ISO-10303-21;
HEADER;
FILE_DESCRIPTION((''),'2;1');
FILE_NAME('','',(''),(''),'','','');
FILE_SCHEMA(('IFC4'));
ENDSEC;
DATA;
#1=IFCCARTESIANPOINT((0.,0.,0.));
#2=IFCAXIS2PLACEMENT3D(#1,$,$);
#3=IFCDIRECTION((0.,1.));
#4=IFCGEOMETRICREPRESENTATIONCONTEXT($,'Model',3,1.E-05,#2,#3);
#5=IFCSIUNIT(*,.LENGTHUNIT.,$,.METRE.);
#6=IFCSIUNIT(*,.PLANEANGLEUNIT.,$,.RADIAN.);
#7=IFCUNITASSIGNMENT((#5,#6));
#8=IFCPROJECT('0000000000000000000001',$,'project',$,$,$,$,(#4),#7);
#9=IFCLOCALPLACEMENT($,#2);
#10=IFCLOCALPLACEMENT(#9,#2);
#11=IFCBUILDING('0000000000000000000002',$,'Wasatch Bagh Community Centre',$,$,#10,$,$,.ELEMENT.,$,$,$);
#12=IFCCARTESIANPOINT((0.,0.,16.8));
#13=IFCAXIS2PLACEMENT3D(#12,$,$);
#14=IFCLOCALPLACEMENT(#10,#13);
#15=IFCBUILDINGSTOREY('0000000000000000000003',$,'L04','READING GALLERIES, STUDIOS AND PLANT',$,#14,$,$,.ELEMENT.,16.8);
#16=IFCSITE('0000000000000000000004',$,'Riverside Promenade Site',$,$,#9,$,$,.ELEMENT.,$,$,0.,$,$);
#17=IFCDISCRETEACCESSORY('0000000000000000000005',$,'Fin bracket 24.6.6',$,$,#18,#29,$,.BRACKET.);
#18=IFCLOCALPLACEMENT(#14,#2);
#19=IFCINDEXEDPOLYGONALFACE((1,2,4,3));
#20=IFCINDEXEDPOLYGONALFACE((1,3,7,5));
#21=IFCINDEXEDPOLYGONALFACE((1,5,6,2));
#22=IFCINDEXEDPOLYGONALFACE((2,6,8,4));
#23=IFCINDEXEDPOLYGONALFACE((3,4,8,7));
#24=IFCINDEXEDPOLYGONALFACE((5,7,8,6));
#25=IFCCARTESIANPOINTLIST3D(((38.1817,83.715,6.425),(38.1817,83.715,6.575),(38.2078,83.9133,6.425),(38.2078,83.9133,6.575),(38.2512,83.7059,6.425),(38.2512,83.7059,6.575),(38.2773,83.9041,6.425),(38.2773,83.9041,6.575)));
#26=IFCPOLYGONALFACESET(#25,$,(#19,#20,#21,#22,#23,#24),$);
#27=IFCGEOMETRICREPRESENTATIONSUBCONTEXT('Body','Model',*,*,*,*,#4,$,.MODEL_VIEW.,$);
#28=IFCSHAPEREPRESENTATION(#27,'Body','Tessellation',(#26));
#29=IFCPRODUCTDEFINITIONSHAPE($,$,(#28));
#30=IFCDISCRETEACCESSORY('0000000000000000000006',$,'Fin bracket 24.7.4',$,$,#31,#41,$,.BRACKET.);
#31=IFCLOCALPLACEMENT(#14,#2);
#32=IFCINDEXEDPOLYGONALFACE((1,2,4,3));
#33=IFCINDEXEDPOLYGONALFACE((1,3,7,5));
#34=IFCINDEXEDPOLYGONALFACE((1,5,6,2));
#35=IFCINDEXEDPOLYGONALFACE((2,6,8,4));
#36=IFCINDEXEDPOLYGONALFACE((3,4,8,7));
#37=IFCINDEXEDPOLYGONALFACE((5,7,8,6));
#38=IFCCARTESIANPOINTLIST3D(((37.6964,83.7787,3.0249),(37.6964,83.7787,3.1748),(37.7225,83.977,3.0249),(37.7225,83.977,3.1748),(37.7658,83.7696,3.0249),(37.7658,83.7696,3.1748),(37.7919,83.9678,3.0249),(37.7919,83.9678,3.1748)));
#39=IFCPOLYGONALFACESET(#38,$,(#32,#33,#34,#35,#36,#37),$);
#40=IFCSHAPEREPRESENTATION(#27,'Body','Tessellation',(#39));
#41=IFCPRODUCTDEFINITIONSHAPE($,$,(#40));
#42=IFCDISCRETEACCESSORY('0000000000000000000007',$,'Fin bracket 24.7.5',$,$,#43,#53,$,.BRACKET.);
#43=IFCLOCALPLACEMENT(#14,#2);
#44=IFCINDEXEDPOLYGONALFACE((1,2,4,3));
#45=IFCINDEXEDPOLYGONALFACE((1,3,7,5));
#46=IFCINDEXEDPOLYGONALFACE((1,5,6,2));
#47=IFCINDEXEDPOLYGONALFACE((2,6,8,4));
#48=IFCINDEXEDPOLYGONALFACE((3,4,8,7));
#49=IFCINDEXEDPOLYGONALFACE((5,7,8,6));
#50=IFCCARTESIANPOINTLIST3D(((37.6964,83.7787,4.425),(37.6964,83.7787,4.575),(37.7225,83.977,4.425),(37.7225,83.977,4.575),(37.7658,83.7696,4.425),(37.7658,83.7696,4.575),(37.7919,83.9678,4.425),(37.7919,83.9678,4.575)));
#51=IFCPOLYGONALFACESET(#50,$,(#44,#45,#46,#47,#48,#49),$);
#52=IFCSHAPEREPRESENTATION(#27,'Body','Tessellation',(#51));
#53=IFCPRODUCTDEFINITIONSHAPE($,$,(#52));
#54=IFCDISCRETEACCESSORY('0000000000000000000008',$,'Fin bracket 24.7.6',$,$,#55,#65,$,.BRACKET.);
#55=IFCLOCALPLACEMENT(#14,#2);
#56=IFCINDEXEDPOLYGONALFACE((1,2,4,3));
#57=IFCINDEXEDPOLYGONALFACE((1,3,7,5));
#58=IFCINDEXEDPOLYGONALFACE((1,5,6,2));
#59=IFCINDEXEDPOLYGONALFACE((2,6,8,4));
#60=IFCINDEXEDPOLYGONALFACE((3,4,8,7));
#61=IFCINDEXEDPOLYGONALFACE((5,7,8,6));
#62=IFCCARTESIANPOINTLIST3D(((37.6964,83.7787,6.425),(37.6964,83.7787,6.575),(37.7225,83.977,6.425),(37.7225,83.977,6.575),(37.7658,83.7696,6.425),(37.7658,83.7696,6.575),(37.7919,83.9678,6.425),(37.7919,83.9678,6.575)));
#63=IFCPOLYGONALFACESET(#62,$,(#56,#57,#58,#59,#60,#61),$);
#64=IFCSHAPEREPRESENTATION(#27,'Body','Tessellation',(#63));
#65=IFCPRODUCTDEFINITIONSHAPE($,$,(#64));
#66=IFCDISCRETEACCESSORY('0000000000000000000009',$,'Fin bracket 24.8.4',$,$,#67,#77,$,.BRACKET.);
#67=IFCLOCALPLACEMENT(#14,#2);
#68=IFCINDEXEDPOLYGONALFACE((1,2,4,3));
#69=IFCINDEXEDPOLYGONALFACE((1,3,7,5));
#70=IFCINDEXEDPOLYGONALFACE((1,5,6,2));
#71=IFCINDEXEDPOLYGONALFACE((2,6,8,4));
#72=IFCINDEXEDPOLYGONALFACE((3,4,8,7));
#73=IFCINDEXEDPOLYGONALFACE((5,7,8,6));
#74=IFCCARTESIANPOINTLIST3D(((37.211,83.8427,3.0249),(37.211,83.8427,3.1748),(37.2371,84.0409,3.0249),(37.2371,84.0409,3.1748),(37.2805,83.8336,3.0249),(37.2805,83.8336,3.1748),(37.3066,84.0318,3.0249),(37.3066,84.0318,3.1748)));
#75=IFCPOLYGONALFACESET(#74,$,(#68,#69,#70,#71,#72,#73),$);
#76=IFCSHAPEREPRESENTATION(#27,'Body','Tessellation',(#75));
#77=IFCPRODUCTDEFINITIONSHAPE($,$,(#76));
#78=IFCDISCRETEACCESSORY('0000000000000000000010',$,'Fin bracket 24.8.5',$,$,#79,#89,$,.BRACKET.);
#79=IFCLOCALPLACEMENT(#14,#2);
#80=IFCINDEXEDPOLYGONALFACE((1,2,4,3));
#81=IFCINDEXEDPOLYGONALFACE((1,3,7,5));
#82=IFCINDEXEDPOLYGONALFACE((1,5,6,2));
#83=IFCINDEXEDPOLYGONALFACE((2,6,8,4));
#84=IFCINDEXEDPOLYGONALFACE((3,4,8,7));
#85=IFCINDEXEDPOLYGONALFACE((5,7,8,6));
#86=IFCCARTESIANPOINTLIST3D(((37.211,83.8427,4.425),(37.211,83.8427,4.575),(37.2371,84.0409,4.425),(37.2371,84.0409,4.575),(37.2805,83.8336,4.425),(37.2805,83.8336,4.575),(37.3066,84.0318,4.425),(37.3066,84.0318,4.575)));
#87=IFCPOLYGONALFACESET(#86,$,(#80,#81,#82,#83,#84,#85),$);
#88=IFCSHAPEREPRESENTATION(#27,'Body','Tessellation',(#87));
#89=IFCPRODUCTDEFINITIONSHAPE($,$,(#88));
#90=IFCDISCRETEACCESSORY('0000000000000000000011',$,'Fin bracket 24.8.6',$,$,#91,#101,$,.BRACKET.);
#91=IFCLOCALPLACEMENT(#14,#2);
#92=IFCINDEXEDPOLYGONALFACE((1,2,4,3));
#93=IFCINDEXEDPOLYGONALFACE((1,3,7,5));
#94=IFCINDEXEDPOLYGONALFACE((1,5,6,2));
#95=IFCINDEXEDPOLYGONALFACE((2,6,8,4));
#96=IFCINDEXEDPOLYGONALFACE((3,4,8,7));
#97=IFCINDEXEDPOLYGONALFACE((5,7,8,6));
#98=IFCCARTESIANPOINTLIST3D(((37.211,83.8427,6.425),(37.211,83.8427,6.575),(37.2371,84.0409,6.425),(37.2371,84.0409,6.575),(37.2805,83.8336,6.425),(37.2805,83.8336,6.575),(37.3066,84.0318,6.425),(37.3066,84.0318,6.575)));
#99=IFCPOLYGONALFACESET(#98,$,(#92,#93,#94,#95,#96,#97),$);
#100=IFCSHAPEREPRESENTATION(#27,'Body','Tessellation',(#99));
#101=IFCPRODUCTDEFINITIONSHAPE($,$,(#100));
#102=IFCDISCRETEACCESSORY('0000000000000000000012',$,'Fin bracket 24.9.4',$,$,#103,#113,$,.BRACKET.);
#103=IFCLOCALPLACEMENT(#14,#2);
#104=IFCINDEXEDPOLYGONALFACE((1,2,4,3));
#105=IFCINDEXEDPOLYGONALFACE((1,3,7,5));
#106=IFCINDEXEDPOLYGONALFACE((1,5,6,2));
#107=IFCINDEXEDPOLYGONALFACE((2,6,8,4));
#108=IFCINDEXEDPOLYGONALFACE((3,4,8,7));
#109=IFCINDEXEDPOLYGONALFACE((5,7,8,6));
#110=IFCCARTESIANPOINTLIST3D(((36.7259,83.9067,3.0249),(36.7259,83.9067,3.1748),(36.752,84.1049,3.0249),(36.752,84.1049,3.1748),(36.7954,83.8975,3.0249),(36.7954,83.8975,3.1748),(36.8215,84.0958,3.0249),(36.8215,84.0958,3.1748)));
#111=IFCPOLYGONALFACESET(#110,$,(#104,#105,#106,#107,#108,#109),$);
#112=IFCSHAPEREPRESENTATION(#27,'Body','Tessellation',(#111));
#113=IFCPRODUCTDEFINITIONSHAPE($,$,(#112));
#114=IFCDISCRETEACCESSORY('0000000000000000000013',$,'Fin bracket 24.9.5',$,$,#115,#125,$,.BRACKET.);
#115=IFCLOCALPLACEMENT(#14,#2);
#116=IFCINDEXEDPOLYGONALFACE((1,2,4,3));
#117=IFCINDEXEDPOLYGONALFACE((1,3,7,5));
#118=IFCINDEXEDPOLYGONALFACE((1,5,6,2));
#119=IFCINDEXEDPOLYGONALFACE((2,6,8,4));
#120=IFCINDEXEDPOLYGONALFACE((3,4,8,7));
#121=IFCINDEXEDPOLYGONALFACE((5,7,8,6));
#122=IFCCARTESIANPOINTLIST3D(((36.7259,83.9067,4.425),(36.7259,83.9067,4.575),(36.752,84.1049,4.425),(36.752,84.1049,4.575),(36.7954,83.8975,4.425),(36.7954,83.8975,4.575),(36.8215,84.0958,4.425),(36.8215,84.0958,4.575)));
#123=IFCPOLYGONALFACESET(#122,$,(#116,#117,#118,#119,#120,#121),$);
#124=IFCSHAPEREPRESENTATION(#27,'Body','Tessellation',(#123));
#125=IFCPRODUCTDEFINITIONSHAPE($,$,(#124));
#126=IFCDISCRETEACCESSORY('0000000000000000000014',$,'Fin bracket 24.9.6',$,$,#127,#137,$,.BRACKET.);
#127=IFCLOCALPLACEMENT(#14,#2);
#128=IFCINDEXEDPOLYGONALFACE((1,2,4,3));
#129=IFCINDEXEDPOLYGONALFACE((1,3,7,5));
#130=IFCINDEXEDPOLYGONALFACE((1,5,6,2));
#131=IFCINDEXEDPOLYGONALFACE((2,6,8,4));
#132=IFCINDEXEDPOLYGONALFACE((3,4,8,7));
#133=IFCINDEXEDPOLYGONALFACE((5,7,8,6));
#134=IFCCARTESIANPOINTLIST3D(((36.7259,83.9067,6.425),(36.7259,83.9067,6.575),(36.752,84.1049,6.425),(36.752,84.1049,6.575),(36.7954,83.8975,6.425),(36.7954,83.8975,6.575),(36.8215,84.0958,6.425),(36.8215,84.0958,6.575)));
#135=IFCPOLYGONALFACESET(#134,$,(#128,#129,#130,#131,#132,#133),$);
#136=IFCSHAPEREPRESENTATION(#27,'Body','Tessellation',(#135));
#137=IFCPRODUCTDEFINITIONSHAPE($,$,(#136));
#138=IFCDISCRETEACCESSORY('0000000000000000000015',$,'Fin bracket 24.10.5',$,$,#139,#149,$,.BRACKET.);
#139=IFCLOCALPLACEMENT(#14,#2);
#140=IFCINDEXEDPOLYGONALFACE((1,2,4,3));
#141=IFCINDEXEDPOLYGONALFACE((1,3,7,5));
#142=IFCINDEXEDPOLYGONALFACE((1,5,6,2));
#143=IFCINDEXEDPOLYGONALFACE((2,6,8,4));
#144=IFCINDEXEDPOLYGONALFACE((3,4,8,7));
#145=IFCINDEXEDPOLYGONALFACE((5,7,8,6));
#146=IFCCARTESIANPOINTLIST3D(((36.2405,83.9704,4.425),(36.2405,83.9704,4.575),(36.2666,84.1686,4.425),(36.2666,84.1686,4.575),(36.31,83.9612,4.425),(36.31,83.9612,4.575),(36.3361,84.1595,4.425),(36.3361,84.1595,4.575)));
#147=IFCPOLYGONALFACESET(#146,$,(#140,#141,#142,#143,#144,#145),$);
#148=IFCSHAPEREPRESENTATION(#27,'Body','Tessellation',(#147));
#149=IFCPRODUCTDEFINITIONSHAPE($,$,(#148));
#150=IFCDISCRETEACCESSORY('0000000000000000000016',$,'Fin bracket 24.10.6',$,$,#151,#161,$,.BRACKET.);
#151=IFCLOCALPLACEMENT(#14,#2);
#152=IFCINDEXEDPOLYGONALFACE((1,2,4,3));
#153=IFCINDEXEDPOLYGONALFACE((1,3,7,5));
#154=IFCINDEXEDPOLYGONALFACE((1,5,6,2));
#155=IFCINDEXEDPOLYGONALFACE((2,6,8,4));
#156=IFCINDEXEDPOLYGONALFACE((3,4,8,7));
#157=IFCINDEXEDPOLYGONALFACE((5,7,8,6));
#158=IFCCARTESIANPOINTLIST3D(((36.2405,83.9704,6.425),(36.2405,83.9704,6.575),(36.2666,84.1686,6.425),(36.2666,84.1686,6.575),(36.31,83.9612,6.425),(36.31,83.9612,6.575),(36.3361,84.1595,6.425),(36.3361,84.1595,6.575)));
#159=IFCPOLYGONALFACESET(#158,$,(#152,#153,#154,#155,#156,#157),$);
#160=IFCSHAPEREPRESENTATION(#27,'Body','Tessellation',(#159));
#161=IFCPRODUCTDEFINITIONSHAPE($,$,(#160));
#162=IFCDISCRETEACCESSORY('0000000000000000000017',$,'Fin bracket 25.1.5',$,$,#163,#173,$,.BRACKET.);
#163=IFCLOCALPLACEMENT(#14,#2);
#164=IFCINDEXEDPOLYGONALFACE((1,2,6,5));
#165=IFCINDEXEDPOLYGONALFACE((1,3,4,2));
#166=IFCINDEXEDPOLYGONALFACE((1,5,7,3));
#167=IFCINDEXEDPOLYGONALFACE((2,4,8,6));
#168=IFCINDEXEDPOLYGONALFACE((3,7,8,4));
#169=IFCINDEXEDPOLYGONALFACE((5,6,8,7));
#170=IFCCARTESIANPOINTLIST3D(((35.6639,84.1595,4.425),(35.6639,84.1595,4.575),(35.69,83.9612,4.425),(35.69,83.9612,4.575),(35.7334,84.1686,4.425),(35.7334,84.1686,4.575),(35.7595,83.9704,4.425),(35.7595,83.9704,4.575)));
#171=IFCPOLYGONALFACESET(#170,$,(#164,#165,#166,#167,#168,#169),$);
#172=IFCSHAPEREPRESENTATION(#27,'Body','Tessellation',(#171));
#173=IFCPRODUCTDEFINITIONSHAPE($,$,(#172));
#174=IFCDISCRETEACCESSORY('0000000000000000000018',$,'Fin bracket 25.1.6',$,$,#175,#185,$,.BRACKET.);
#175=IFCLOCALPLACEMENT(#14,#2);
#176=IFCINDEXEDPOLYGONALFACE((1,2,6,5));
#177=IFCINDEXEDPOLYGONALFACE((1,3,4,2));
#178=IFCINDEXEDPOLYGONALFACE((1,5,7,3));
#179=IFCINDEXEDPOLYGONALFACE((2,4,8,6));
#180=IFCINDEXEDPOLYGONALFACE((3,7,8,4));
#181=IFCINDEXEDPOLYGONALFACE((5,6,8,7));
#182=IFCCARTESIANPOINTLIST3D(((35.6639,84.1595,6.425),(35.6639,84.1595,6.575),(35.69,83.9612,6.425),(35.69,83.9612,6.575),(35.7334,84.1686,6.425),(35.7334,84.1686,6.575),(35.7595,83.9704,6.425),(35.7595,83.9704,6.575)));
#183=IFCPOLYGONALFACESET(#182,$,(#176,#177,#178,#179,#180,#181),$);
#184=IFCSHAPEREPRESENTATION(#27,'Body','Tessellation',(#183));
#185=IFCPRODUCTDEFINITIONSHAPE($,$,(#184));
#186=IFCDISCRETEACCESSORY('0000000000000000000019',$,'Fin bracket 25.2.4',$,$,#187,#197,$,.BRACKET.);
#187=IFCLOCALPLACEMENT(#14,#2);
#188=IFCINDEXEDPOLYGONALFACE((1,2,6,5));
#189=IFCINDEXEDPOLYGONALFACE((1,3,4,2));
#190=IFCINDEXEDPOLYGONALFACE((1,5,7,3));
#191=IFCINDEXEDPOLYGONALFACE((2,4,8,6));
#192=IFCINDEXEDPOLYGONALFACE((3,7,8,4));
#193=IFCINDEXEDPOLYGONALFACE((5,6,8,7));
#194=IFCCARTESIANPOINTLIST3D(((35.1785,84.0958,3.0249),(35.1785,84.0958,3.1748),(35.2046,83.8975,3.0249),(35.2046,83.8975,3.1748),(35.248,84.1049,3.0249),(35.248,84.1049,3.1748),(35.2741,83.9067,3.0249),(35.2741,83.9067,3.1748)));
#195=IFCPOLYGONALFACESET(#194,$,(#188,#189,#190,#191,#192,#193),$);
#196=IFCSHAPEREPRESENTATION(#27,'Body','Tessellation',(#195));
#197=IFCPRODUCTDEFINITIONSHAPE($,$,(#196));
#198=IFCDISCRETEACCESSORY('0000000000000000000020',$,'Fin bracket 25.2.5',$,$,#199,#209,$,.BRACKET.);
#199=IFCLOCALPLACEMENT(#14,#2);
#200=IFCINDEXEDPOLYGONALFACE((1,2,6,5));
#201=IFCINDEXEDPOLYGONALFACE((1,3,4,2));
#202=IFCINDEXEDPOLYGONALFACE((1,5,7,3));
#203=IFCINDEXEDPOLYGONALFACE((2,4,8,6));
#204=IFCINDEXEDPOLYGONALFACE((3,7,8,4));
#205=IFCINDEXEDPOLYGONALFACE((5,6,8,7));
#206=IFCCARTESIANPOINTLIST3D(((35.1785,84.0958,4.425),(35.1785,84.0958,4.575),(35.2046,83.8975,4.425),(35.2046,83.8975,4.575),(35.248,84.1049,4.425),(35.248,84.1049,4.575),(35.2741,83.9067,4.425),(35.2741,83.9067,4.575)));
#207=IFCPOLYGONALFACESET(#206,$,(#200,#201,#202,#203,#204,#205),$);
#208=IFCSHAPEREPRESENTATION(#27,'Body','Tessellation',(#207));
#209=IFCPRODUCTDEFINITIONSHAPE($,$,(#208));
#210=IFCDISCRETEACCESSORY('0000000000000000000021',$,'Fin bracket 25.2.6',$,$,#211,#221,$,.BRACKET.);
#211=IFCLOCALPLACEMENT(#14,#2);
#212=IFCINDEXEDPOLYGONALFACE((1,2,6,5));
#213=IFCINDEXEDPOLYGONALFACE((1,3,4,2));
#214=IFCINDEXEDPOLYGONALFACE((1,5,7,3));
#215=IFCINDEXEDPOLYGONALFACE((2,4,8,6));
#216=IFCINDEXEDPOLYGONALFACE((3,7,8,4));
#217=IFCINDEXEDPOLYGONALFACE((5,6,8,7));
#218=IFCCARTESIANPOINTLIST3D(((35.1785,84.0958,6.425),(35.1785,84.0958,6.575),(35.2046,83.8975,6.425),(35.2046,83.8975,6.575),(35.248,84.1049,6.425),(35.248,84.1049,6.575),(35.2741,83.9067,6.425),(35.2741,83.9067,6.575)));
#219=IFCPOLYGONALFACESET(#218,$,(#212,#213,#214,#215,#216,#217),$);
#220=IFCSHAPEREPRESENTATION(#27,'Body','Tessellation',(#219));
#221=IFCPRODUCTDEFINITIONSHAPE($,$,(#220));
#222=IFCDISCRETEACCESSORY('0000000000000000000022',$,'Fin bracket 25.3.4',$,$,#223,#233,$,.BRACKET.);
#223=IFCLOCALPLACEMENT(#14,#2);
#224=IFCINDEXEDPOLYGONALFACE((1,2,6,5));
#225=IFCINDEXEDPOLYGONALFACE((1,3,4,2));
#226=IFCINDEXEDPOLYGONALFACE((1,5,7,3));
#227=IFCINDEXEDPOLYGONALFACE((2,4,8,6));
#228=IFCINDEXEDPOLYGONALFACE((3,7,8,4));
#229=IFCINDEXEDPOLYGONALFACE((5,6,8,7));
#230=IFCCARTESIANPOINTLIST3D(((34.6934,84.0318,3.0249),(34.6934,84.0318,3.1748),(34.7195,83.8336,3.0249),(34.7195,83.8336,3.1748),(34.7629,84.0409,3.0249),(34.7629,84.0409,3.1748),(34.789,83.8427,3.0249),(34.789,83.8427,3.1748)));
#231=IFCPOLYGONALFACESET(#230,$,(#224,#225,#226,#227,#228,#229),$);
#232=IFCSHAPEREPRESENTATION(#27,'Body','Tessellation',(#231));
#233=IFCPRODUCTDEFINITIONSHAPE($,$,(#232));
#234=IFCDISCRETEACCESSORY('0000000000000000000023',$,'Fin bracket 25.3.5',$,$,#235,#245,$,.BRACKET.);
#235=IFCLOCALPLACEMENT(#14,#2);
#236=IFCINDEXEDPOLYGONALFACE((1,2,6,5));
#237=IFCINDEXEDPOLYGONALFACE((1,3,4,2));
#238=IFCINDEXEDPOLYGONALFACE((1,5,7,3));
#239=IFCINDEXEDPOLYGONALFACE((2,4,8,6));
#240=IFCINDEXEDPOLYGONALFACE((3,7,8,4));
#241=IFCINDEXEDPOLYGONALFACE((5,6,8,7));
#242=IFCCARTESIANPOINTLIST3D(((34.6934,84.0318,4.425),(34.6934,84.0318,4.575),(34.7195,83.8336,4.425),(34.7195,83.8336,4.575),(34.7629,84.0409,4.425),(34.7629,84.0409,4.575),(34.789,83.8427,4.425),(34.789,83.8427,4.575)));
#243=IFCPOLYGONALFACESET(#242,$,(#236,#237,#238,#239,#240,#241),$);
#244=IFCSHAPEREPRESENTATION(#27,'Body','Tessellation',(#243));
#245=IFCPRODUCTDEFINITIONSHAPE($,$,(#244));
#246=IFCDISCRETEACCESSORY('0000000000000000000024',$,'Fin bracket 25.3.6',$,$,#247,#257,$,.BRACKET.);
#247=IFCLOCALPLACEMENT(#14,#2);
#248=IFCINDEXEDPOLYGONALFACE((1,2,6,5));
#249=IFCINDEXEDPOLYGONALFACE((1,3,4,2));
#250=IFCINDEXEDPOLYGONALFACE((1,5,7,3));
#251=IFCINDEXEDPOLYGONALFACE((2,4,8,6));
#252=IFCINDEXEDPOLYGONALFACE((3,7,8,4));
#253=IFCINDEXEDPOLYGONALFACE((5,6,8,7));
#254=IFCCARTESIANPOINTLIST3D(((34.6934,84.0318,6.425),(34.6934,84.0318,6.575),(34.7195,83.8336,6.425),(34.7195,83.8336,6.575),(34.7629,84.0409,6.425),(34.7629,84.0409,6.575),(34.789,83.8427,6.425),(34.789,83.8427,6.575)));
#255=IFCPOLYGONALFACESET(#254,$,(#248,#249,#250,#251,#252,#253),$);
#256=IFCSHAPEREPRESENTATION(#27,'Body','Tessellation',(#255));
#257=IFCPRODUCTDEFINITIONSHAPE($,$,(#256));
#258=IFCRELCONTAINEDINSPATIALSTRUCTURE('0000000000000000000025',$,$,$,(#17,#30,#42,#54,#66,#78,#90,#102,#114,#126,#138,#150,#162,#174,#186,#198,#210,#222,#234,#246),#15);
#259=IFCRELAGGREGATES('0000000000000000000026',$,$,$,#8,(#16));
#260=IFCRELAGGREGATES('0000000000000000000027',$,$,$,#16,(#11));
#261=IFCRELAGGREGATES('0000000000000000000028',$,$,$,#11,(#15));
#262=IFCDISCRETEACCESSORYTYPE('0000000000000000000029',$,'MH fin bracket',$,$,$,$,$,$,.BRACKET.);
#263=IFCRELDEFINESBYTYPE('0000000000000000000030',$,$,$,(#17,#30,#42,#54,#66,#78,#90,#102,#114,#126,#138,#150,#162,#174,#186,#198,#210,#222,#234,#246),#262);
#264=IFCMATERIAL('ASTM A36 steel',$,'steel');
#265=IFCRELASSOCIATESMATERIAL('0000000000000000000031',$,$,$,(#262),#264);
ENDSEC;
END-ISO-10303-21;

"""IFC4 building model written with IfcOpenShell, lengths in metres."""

from ifc_helpers import new_model, si_unit, direction, frame, origin, origin_2d, place, context, subcontext, project, spatial, rectangle, extrude, material, type_object, element, save


model = new_model("IFC4")

# Units and contexts
model_context = context("Model", 3, precision=1e-05, world=origin(), true_north=direction((0.0, 1.0)))
body_context = subcontext(model_context, "Body", "Model", "MODEL_VIEW")
ifc_project = project(units=[si_unit("LENGTHUNIT", "METRE"), si_unit("PLANEANGLEUNIT", "RADIAN")], contexts=[model_context])

# Site, building, storey
site_placement = place(None, origin())
site = spatial("IfcSite", under=ifc_project, at=site_placement, Name="Riverside Promenade Site", CompositionType="ELEMENT", RefElevation=0.0)
building_placement = place(site_placement, origin())
building = spatial("IfcBuilding", under=site, at=building_placement, Name="Wasatch Bagh Community Centre", CompositionType="ELEMENT")
storey_placement = place(building_placement, frame((0.0, 0.0, 16.8)))
storey = spatial("IfcBuildingStorey", under=building, at=storey_placement, Name="L04", Description="READING GALLERIES, STUDIOS AND PLANT", CompositionType="ELEMENT", Elevation=16.8)

# Discrete accessories
ifc_material_1 = material(Name="ASTM A36 steel", Category="steel")
discrete_accessory_type = type_object("IfcDiscreteAccessoryType", Name="MH fin bracket", PredefinedType="BRACKET", material=ifc_material_1)
for number, where, z_axis, x_axis, name in (
    (1, (38.2295, 83.8096, 6.425), (0.0, 0.0, 1.0), (-0.991445, 0.130526, 0.0), "Fin bracket 24.6.6"),
    (2, (37.7441, 83.8733, 3.0249), (0.0, 0.0, 1.0), (-0.991445, 0.130526, 0.0), "Fin bracket 24.7.4"),
    (3, (37.7441, 83.8733, 4.425), (0.0, 0.0, 1.0), (-0.991445, 0.130526, 0.0), "Fin bracket 24.7.5"),
    (4, (37.7441, 83.8733, 6.425), (0.0, 0.0, 1.0), (-0.991445, 0.130526, 0.0), "Fin bracket 24.7.6"),
    (5, (37.2588, 83.9373, 3.0249), (0.0, 0.0, 1.0), (-0.991445, 0.130526, 0.0), "Fin bracket 24.8.4"),
    (6, (37.2588, 83.9373, 4.425), (0.0, 0.0, 1.0), (-0.991445, 0.130526, 0.0), "Fin bracket 24.8.5"),
    (7, (37.2588, 83.9373, 6.425), (0.0, 0.0, 1.0), (-0.991445, 0.130526, 0.0), "Fin bracket 24.8.6"),
    (8, (36.7737, 84.0012, 3.0249), (0.0, 0.0, 1.0), (-0.991445, 0.130526, 0.0), "Fin bracket 24.9.4"),
    (9, (36.7737, 84.0012, 4.425), (0.0, 0.0, 1.0), (-0.991445, 0.130526, 0.0), "Fin bracket 24.9.5"),
    (10, (36.7737, 84.0012, 6.425), (0.0, 0.0, 1.0), (-0.991445, 0.130526, 0.0), "Fin bracket 24.9.6"),
    (11, (36.2883, 84.0649, 4.425), (0.0, 0.0, 1.0), (-0.991445, 0.130526, 0.0), "Fin bracket 24.10.5"),
    (12, (36.2883, 84.0649, 6.425), (0.0, 0.0, 1.0), (-0.991445, 0.130526, 0.0), "Fin bracket 24.10.6"),
    (13, (35.7117, 84.0649, 4.425), (0.0, 0.0, 1.0), (-0.991445, -0.130526, 0.0), "Fin bracket 25.1.5"),
    (14, (35.7117, 84.0649, 6.425), (0.0, 0.0, 1.0), (-0.991445, -0.130526, 0.0), "Fin bracket 25.1.6"),
    (15, (35.2263, 84.0012, 3.0249), (0.0, 0.0, 1.0), (-0.991445, -0.130526, 0.0), "Fin bracket 25.2.4"),
    (16, (35.2263, 84.0012, 4.425), (0.0, 0.0, 1.0), (-0.991445, -0.130526, 0.0), "Fin bracket 25.2.5"),
    (17, (35.2263, 84.0012, 6.425), (0.0, 0.0, 1.0), (-0.991445, -0.130526, 0.0), "Fin bracket 25.2.6"),
    (18, (34.7412, 83.9373, 3.0249), (0.0, 0.0, 1.0), (-0.991445, -0.130526, 0.0), "Fin bracket 25.3.4"),
    (19, (34.7412, 83.9373, 4.425), (0.0, 0.0, 1.0), (-0.991445, -0.130526, 0.0), "Fin bracket 25.3.5"),
    (20, (34.7412, 83.9373, 6.425), (0.0, 0.0, 1.0), (-0.991445, -0.130526, 0.0), "Fin bracket 25.3.6"),
):
    element("IfcDiscreteAccessory", number, at=place(storey_placement, frame(where, z_axis=z_axis, x_axis=x_axis)), inside=storey, type_object=discrete_accessory_type, Name=name, PredefinedType="BRACKET", context=body_context, shape_type="SweptSolid", body=[
        extrude(rectangle(XDim=0.0701, YDim=0.2, at=origin_2d()), origin(), (0.0, 0.0, 1.0), 0.1499),
    ])

save(model, "model.ifc")
